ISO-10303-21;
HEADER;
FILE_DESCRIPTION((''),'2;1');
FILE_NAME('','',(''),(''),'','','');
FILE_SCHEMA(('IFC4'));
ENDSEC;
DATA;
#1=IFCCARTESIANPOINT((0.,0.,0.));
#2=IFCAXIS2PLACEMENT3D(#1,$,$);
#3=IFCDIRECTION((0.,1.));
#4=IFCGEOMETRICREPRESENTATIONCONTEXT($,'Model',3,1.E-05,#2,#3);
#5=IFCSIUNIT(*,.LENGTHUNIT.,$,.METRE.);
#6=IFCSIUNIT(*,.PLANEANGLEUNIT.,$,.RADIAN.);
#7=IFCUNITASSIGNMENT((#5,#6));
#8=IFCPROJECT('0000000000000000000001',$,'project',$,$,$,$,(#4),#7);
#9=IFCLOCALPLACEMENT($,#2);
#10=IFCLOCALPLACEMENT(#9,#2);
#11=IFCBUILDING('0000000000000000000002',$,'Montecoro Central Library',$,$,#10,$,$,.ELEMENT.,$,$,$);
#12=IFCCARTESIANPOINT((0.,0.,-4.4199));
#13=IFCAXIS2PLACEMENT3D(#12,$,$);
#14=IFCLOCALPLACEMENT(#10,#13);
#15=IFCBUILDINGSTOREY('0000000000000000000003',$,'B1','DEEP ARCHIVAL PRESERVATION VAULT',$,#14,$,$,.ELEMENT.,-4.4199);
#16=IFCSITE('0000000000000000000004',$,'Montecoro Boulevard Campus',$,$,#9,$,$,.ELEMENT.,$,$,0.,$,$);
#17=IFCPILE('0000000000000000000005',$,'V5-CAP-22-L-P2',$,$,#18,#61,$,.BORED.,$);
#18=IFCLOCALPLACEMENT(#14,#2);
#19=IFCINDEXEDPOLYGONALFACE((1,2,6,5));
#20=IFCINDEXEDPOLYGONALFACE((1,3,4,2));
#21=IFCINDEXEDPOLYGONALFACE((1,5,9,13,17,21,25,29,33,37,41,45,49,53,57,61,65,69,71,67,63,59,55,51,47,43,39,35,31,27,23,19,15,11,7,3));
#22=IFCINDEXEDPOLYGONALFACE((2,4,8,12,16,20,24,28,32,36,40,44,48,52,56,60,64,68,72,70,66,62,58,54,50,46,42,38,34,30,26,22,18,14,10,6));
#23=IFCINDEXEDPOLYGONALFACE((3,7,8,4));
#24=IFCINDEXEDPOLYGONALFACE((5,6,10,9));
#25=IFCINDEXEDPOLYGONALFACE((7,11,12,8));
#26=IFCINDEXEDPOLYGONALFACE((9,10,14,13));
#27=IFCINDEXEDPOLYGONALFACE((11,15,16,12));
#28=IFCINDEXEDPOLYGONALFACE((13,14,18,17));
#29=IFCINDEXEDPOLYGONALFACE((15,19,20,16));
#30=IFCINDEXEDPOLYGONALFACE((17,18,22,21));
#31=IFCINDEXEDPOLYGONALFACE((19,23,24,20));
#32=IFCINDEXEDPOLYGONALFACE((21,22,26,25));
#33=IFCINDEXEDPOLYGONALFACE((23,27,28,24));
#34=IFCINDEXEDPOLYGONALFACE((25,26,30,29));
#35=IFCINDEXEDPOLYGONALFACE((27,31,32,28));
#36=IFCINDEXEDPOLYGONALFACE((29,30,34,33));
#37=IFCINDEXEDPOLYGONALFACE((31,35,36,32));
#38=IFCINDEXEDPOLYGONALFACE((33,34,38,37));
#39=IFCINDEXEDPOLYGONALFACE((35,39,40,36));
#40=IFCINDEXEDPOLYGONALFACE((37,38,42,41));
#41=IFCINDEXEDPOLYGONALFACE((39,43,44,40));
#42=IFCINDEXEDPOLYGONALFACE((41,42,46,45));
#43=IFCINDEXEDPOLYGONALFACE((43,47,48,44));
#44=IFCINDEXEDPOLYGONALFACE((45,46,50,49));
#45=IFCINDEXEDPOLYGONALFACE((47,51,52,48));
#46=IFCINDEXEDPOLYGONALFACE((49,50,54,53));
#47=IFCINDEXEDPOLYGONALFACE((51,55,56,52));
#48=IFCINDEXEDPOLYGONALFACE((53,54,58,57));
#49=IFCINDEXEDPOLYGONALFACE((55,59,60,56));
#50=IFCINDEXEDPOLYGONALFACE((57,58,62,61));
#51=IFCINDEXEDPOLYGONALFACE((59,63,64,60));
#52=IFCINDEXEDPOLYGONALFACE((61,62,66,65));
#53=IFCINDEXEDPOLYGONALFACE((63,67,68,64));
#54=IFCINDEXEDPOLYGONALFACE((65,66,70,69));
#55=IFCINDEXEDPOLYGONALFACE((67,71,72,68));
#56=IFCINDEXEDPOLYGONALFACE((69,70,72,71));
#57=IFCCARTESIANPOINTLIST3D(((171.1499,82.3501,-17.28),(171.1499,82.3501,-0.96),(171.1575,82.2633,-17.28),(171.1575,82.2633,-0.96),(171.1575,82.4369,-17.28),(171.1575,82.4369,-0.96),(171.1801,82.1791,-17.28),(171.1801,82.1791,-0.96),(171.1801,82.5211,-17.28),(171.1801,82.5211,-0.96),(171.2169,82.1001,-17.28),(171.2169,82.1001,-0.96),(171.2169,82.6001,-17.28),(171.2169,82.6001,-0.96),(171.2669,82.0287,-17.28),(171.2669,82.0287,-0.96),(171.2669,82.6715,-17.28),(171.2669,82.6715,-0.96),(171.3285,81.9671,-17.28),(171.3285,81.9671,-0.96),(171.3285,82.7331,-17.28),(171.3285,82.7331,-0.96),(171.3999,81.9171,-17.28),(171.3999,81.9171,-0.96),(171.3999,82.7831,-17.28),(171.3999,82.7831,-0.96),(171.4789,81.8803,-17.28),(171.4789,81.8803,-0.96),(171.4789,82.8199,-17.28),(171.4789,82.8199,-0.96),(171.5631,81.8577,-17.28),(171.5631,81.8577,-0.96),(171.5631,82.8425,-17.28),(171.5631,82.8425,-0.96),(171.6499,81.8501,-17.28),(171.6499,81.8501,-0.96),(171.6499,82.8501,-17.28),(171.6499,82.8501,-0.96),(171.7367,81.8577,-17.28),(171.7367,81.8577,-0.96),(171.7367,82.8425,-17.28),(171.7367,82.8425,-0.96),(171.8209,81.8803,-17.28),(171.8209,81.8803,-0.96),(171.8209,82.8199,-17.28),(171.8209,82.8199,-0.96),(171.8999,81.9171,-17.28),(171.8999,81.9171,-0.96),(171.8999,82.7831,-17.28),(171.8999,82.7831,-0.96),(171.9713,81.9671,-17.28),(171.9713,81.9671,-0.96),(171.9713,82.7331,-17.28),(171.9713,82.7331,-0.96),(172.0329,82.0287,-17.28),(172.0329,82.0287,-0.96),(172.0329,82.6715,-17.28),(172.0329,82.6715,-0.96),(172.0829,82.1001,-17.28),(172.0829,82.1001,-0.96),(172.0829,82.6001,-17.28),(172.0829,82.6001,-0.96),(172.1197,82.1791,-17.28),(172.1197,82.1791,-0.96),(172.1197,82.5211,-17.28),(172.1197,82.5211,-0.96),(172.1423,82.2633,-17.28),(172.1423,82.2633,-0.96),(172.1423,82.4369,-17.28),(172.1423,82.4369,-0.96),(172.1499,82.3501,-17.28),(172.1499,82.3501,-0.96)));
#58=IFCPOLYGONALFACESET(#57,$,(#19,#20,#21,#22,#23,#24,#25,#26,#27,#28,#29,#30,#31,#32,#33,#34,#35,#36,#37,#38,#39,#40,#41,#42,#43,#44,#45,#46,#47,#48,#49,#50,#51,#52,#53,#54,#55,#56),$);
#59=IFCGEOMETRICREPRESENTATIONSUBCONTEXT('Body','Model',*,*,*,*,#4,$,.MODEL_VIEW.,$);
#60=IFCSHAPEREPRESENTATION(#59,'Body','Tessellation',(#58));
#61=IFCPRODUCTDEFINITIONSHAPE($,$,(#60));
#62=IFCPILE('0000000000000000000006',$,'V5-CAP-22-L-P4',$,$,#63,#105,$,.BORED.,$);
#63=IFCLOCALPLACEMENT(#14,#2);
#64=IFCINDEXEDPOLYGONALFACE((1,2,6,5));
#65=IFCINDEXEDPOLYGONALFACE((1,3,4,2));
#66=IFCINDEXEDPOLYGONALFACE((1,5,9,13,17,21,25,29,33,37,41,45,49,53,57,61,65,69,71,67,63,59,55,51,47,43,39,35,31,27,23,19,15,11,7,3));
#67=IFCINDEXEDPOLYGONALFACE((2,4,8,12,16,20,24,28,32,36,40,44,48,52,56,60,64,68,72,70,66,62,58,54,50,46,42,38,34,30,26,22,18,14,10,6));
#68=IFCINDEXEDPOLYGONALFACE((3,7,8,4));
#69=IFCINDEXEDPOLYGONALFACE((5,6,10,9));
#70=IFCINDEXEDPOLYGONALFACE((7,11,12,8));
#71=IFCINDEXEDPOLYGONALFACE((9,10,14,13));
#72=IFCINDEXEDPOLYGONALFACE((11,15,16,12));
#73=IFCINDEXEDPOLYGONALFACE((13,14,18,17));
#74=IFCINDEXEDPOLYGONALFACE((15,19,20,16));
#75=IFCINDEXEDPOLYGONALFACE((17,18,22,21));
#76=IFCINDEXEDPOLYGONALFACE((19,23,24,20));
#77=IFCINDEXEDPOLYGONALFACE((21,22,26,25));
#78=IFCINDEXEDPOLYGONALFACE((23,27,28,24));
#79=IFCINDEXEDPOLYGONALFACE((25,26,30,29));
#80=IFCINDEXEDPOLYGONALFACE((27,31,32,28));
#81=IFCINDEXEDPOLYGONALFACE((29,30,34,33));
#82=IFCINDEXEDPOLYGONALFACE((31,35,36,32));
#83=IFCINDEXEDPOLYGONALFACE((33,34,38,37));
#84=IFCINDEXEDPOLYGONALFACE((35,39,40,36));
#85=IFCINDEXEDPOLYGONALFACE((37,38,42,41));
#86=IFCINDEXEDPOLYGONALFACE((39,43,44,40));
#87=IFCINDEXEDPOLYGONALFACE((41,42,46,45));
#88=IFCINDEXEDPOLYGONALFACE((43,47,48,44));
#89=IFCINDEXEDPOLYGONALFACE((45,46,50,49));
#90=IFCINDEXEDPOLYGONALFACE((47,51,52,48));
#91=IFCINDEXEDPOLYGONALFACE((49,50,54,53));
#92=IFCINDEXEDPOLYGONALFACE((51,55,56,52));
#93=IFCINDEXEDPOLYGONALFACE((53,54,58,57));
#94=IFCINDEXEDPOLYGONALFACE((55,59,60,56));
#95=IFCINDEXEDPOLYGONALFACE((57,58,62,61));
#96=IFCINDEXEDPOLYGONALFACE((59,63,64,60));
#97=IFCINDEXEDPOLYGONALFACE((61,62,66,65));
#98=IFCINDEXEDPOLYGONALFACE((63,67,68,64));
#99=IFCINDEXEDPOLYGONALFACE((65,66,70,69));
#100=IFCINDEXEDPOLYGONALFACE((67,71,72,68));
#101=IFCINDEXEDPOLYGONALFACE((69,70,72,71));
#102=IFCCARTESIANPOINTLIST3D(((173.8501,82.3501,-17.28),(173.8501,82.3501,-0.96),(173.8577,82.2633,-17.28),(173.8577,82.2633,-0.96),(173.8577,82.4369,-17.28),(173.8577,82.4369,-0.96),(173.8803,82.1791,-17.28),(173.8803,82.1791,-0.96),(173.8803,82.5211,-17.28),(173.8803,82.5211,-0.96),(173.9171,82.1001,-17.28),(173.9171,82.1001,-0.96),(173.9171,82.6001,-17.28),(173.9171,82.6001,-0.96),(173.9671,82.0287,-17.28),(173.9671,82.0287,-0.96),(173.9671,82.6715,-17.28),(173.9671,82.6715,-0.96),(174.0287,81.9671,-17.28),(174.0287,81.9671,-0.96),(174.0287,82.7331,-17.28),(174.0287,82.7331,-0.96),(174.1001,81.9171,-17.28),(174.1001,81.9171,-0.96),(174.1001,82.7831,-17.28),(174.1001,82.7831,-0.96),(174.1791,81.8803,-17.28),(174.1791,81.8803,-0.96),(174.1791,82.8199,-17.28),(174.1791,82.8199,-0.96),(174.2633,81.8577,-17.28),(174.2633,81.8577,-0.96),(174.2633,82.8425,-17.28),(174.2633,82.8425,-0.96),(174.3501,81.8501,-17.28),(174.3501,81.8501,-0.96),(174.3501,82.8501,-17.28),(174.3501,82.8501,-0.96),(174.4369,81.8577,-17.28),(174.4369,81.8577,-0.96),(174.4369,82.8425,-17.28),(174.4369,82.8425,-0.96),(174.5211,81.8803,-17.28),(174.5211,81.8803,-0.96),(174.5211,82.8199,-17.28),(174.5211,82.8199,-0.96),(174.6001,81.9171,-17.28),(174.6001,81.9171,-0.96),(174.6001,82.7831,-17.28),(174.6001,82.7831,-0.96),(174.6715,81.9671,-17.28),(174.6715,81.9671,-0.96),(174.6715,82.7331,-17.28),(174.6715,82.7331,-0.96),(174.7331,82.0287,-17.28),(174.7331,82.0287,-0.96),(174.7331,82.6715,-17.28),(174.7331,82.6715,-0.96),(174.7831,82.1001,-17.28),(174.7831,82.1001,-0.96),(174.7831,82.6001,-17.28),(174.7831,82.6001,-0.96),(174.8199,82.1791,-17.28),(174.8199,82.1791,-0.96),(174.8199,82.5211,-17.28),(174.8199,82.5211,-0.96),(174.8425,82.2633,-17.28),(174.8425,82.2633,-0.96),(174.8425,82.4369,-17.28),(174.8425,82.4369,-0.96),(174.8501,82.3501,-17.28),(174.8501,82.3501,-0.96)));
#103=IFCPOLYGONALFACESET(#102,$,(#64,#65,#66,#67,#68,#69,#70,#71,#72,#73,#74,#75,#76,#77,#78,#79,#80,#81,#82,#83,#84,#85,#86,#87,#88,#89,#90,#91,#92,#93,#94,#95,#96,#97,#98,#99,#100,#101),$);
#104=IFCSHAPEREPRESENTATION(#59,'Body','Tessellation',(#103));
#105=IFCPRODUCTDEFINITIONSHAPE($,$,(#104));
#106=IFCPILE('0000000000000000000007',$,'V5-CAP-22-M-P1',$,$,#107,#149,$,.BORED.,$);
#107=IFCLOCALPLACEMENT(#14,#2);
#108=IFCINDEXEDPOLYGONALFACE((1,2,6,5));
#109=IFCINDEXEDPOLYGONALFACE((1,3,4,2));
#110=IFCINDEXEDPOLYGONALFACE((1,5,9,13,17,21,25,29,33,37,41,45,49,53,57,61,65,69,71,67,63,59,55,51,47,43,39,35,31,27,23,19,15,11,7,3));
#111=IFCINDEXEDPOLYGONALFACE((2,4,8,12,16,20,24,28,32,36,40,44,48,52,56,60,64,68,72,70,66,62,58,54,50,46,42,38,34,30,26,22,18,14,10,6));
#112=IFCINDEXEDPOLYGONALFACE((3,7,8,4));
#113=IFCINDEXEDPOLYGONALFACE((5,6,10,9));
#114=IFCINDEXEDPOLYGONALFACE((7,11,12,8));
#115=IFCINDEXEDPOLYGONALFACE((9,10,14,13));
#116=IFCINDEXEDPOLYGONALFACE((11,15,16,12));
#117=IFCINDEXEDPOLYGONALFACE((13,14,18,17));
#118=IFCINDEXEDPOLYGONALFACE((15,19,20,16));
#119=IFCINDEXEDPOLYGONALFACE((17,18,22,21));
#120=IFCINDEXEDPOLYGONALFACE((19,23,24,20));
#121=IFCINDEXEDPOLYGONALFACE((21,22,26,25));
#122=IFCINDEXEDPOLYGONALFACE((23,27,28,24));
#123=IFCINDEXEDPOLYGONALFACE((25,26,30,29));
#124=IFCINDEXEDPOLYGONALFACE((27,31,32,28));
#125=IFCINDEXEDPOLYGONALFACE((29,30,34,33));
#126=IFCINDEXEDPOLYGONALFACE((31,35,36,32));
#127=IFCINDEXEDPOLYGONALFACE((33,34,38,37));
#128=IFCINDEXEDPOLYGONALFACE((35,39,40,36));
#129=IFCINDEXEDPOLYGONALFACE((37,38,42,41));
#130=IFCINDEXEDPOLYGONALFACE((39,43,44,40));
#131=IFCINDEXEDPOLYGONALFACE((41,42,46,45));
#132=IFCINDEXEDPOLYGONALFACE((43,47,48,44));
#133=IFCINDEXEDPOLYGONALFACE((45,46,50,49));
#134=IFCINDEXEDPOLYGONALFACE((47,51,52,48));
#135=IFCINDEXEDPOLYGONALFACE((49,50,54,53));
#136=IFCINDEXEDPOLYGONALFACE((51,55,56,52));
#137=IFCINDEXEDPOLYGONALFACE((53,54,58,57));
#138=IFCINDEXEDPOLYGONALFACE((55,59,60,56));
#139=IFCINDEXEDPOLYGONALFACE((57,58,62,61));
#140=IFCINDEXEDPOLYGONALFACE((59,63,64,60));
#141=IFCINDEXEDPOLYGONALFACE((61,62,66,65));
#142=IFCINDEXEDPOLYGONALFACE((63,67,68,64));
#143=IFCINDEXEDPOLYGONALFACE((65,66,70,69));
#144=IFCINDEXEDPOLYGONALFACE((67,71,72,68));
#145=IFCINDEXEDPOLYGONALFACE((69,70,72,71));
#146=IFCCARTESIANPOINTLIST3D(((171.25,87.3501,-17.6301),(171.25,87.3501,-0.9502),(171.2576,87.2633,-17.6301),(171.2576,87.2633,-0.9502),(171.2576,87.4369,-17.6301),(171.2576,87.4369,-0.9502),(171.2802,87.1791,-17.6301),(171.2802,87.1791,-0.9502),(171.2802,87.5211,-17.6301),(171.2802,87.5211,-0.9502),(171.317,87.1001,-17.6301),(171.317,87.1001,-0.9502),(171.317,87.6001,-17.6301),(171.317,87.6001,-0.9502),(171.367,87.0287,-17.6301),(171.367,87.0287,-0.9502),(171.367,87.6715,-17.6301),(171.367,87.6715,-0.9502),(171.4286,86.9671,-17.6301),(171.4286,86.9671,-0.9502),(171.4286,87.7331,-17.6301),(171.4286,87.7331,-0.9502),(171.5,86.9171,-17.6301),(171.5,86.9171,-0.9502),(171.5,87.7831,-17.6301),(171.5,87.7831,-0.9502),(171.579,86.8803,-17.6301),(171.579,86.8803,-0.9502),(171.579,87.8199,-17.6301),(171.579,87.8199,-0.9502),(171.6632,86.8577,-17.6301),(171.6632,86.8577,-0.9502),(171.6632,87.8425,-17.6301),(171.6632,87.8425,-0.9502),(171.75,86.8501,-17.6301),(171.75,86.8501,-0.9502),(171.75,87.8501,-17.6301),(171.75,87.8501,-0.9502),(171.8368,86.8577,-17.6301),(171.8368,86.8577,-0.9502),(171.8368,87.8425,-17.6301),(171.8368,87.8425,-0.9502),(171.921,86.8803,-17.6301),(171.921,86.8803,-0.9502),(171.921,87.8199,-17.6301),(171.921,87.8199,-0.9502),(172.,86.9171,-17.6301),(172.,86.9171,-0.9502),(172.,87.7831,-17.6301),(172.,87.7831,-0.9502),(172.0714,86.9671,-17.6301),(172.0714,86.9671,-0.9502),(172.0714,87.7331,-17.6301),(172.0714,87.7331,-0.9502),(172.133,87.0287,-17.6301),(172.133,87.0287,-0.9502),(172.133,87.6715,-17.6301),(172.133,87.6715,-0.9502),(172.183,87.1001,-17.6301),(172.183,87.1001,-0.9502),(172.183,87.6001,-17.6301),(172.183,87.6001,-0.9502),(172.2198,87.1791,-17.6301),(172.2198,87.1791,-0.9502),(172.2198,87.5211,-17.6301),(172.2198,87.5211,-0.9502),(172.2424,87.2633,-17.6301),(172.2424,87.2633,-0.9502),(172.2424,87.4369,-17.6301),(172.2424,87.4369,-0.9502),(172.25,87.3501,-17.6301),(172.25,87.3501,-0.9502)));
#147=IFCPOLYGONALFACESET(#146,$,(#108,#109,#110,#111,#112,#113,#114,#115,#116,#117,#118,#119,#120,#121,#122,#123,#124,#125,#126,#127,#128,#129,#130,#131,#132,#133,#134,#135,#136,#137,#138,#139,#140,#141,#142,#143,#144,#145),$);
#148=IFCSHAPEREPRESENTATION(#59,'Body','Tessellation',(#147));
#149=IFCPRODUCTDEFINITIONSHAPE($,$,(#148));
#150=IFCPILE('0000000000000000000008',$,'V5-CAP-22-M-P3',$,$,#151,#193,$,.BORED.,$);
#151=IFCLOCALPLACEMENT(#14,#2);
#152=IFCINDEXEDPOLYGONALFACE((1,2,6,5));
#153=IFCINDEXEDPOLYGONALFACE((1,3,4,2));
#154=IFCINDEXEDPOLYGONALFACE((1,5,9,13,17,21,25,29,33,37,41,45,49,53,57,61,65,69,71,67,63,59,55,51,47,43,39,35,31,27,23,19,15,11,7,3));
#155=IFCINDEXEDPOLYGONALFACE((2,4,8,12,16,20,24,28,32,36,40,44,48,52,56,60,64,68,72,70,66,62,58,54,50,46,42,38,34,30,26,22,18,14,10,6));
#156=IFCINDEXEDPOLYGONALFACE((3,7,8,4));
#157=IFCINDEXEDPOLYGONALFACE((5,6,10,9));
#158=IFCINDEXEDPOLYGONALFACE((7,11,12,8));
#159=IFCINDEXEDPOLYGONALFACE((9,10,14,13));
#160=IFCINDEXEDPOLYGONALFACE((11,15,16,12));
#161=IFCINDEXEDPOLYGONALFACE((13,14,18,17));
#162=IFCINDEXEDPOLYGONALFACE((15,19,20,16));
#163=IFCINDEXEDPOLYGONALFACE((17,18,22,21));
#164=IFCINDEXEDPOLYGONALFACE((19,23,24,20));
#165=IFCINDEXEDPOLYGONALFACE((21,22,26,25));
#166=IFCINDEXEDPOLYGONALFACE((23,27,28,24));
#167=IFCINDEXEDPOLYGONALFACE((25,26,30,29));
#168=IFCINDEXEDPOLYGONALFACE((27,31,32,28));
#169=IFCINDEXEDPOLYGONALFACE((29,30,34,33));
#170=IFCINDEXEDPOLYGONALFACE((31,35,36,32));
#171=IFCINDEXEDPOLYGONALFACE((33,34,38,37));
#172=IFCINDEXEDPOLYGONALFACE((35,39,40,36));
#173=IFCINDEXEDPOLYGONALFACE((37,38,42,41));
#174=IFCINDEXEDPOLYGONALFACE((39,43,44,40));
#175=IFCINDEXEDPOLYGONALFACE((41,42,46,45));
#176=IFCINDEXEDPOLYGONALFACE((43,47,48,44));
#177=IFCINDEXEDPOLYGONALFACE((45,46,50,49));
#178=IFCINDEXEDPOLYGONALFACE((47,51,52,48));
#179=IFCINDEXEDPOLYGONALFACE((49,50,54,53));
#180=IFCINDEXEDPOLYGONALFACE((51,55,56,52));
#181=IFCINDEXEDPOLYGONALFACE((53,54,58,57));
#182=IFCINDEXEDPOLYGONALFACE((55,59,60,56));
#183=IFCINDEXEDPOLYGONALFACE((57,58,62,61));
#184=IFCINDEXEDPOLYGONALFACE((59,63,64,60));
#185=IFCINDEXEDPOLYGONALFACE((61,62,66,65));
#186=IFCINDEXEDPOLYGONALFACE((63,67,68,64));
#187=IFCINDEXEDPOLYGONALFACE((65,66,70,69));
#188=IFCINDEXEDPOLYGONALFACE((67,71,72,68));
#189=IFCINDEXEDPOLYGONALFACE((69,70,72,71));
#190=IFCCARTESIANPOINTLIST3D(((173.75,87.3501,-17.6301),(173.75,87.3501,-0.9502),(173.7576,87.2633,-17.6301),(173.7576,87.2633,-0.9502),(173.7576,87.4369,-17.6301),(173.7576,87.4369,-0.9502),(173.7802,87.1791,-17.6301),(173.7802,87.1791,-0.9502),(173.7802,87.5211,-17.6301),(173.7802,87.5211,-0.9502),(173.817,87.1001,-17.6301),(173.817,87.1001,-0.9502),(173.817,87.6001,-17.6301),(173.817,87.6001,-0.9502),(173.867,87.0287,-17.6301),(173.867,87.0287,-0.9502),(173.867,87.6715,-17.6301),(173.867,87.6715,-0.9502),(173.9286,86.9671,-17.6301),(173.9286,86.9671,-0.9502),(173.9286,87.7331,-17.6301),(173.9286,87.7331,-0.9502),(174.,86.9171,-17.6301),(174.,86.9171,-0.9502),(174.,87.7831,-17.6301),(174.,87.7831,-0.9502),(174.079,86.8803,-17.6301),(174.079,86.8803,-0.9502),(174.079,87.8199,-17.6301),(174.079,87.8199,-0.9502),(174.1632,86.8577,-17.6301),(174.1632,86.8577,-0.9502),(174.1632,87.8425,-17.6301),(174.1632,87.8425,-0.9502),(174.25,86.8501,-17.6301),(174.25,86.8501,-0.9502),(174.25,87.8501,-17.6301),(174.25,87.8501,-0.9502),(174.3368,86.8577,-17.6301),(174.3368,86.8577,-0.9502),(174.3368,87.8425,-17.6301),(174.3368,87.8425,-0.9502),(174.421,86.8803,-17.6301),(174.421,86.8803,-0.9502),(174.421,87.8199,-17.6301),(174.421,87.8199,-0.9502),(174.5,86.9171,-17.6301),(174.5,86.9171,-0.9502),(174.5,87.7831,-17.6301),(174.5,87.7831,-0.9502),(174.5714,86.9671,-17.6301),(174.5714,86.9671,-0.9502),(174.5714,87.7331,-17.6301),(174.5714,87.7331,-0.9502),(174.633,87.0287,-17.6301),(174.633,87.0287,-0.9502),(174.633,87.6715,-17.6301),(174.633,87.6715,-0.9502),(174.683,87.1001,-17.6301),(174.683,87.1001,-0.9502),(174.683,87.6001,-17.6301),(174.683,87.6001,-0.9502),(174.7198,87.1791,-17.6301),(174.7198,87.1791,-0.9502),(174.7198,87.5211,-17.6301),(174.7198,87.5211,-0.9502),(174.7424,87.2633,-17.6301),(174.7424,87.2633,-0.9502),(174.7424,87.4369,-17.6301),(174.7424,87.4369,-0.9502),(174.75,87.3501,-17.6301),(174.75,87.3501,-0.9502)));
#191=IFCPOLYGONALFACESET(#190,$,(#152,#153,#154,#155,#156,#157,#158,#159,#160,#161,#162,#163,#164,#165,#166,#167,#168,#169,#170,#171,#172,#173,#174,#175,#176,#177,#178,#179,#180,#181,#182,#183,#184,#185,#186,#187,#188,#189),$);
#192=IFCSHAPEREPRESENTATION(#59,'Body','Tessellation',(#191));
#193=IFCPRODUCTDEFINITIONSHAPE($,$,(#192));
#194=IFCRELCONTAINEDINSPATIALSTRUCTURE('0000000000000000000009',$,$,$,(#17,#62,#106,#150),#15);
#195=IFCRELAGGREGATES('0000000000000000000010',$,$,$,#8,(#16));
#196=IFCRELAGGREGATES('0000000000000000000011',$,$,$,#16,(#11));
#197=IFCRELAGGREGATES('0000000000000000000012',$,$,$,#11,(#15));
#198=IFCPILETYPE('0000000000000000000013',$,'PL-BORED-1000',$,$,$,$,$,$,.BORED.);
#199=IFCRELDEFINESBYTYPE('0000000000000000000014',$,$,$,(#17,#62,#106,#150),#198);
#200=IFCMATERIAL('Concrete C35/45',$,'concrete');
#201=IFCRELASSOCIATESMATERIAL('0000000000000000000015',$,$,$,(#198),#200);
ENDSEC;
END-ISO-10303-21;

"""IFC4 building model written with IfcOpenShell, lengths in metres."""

from ifc_helpers import new_model, si_unit, direction, frame, origin, origin_2d, place, context, subcontext, project, spatial, circle, extrude, material, material_profile, profile_set, type_object, element, save


model = new_model("IFC4")

# Units and contexts
model_context = context("Model", 3, precision=1e-05, world=origin(), true_north=direction((0.0, 1.0)))
body_context = subcontext(model_context, "Body", "Model", "MODEL_VIEW")
ifc_project = project(units=[si_unit("LENGTHUNIT", "METRE"), si_unit("PLANEANGLEUNIT", "RADIAN")], contexts=[model_context])

# Site, building, storey
site_placement = place(None, origin())
site = spatial("IfcSite", under=ifc_project, at=site_placement, Name="Montecoro Boulevard Campus", CompositionType="ELEMENT", RefElevation=0.0)
building_placement = place(site_placement, origin())
building = spatial("IfcBuilding", under=site, at=building_placement, Name="Montecoro Central Library", CompositionType="ELEMENT")
storey_placement = place(building_placement, frame((0.0, 0.0, -4.4199)))
storey = spatial("IfcBuildingStorey", under=building, at=storey_placement, Name="B1", Description="DEEP ARCHIVAL PRESERVATION VAULT", CompositionType="ELEMENT", Elevation=-4.4199)

# Shared definitions
ifc_material_1 = material(Name="Concrete C35/45", Category="concrete")

# Piles
ifc_material_profile_1 = material_profile(ifc_material_1, circle(Radius=0.5, at=origin_2d()), Name="PILE D1000")
ifc_profile_set_1 = profile_set([ifc_material_profile_1], Name="Concrete C35/45")
pile_type_1 = type_object("IfcPileType", Name="PL-BORED-1000", PredefinedType="BORED", material=ifc_profile_set_1)
for number, where, z_axis, x_axis, name in (
    (1, (171.6499, 82.3501, -0.96), (0.0, 0.0, -1.0), (1.0, 0.0, 0.0), "V5-CAP-22-L-P2"),
    (2, (174.3501, 82.3501, -0.96), (0.0, 0.0, -1.0), (1.0, 0.0, 0.0), "V5-CAP-22-L-P4"),
):
    element("IfcPile", number, at=place(storey_placement, frame(where, z_axis=z_axis, x_axis=x_axis)), inside=storey, type_object=pile_type_1, Name=name, PredefinedType="BORED", context=body_context, shape_type="SweptSolid", body=[
        extrude(circle(Radius=0.5, at=origin_2d()), origin(), (0.0, 0.0, 1.0), 16.3201),
    ])
for number, where, z_axis, x_axis, name in (
    (3, (171.75, 87.3501, -0.9502), (0.0, 0.0, -1.0), (1.0, 0.0, 0.0), "V5-CAP-22-M-P1"),
    (4, (174.25, 87.3501, -0.9502), (0.0, 0.0, -1.0), (1.0, 0.0, 0.0), "V5-CAP-22-M-P3"),
):
    element("IfcPile", number, at=place(storey_placement, frame(where, z_axis=z_axis, x_axis=x_axis)), inside=storey, type_object=pile_type_1, Name=name, PredefinedType="BORED", context=body_context, shape_type="SweptSolid", body=[
        extrude(circle(Radius=0.5, at=origin_2d()), origin(), (0.0, 0.0, 1.0), 16.6799),
    ])

save(model, "model.ifc")
